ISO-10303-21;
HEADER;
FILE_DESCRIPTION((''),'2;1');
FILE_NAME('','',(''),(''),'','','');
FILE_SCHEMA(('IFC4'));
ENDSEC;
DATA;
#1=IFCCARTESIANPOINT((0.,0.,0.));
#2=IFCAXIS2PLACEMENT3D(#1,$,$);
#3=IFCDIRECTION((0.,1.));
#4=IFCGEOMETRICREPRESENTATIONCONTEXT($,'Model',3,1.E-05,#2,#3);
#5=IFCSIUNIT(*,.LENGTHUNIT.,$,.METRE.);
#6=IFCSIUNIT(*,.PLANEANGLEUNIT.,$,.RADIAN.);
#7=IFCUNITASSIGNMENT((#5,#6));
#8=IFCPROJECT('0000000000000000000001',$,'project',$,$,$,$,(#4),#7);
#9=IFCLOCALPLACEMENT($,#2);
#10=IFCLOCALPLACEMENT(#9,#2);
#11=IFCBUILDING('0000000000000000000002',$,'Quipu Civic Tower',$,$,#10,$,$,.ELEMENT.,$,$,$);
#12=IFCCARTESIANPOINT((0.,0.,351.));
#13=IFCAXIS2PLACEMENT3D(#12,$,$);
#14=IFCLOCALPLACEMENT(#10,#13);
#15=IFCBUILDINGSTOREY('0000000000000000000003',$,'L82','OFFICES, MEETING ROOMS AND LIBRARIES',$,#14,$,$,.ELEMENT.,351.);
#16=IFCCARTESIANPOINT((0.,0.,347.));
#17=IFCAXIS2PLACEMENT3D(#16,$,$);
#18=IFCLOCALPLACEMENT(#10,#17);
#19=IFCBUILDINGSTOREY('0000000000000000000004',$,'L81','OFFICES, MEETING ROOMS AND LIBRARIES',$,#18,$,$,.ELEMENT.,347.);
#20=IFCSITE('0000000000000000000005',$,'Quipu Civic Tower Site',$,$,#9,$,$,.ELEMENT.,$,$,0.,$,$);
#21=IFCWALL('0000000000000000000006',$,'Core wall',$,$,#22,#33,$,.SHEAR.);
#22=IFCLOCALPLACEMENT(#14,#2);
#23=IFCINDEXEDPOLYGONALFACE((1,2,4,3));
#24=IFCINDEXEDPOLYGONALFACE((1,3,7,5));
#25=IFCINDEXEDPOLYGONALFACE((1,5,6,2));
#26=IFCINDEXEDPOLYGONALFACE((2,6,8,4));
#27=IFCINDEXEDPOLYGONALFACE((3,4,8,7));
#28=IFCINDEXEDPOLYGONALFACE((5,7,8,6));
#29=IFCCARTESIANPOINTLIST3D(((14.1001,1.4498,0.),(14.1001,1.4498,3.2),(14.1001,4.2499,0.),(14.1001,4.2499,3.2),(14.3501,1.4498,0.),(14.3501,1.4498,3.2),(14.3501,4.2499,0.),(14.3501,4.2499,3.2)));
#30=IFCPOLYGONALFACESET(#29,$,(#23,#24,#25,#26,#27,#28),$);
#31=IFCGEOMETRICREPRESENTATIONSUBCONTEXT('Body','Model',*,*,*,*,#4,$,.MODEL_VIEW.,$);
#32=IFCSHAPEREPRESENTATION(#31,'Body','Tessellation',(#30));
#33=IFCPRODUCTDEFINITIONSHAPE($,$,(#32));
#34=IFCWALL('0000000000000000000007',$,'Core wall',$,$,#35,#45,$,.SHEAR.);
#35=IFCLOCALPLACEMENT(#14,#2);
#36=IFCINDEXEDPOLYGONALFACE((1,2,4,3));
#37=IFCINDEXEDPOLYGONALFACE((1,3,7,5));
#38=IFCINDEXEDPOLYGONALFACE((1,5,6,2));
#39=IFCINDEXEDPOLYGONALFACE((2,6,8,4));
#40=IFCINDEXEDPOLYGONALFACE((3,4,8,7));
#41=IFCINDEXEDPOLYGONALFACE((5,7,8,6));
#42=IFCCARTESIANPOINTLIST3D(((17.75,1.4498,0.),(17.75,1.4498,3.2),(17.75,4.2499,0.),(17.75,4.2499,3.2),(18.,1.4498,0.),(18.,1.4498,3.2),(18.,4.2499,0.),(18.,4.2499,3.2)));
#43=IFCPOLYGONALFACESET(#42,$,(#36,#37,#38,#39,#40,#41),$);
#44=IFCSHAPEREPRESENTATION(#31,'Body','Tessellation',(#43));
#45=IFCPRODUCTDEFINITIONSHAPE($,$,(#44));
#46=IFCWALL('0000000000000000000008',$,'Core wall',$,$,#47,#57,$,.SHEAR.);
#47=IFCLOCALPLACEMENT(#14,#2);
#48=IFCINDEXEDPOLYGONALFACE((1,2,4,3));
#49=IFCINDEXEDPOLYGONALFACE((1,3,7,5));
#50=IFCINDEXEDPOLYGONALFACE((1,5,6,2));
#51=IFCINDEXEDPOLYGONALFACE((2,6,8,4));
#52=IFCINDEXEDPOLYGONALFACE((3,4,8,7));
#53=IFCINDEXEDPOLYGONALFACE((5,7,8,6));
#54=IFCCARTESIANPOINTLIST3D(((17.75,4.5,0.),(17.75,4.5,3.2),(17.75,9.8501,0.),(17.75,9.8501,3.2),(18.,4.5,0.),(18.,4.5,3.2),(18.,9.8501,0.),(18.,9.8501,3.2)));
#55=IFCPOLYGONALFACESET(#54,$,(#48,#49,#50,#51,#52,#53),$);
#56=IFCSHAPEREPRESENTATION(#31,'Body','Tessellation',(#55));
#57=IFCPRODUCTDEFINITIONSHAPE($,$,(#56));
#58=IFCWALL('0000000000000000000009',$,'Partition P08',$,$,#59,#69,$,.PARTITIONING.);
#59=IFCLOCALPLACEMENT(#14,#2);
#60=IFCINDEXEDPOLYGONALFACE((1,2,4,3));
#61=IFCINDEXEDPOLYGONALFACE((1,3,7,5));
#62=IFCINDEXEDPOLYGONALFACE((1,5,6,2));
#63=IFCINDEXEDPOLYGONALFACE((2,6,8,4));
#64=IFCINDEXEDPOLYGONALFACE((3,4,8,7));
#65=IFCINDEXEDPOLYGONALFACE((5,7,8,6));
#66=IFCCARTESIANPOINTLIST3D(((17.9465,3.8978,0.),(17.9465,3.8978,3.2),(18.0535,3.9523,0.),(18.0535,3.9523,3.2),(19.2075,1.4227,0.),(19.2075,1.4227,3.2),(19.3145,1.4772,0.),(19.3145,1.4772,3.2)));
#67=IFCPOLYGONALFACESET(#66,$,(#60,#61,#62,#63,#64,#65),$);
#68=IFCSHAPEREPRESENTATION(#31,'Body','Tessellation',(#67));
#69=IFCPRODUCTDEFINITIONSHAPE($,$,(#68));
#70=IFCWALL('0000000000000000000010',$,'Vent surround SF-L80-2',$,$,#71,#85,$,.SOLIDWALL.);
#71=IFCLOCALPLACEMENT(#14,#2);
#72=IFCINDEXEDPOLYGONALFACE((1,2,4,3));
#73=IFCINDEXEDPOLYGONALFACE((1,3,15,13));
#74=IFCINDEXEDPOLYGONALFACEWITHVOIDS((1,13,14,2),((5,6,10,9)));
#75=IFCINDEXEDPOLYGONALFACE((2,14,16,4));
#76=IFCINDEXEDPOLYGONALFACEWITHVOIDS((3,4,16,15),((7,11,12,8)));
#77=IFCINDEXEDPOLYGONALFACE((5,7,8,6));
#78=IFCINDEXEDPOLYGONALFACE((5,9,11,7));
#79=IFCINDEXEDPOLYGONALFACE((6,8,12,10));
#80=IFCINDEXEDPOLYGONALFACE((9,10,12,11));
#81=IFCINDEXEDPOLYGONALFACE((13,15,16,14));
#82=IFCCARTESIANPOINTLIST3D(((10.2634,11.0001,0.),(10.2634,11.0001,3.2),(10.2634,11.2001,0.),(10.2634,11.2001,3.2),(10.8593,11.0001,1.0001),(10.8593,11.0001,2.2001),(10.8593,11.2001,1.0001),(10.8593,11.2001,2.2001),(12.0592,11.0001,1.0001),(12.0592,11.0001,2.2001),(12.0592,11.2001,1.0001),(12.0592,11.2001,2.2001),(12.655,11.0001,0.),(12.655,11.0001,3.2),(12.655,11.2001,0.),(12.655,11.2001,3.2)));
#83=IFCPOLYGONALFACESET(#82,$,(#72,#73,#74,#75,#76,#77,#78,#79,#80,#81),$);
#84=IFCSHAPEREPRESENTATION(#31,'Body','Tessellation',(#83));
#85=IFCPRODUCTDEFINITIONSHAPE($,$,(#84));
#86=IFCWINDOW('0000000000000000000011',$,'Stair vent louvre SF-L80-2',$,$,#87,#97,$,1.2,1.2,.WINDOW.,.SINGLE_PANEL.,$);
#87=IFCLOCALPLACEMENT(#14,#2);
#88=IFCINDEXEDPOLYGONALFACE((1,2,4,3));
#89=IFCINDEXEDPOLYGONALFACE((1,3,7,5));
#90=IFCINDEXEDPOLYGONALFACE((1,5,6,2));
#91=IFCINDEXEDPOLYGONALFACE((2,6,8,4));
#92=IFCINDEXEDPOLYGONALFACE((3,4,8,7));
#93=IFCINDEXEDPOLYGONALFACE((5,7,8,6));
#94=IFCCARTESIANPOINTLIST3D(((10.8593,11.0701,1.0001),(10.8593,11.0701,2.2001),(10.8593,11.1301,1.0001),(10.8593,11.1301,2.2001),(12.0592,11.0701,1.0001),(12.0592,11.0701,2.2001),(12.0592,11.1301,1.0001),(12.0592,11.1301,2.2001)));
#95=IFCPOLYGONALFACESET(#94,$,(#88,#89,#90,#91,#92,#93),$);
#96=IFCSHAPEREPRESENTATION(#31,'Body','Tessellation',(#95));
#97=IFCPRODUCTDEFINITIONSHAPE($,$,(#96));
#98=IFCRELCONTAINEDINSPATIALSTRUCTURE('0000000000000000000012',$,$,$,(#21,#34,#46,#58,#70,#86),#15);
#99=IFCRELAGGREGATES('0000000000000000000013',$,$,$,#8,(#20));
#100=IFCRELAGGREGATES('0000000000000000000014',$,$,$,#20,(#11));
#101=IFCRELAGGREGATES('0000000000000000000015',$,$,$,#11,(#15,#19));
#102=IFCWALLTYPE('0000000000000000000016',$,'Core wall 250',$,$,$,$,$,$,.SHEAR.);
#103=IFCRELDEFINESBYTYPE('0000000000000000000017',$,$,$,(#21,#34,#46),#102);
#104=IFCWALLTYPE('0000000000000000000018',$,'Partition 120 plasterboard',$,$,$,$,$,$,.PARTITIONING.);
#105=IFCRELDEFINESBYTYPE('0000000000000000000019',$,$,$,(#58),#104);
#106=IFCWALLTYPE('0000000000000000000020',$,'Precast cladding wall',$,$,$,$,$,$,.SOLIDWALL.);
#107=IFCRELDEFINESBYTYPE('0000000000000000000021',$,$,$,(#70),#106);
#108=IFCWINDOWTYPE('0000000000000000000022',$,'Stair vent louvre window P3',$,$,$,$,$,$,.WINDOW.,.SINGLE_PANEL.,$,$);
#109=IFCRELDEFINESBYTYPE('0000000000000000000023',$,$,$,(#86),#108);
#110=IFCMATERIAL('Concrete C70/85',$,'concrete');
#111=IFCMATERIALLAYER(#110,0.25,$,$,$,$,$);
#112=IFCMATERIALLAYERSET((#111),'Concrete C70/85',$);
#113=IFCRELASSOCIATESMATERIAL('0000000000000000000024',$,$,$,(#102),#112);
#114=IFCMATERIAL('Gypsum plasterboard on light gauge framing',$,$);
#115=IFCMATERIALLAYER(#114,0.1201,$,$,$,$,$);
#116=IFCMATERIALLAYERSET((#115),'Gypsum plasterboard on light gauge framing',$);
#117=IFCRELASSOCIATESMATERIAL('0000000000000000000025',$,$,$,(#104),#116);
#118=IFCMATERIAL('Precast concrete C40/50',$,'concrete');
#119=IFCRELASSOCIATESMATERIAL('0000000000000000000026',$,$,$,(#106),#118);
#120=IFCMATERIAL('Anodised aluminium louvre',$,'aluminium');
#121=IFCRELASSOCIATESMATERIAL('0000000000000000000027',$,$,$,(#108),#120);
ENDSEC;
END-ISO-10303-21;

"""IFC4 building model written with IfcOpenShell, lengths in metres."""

from ifc_helpers import new_model, si_unit, direction, frame, frame_2d, origin, place, context, subcontext, project, spatial, rectangle, extrude, material, layer, layer_set, type_object, element, fill, save


model = new_model("IFC4")

# Units and contexts
model_context = context("Model", 3, precision=1e-05, world=origin(), true_north=direction((0.0, 1.0)))
body_context = subcontext(model_context, "Body", "Model", "MODEL_VIEW")
ifc_project = project(units=[si_unit("LENGTHUNIT", "METRE"), si_unit("PLANEANGLEUNIT", "RADIAN")], contexts=[model_context])

# Site, building, storey
site_placement = place(None, origin())
site = spatial("IfcSite", under=ifc_project, at=site_placement, Name="Quipu Civic Tower Site", CompositionType="ELEMENT", RefElevation=0.0)
building_placement = place(site_placement, origin())
building = spatial("IfcBuilding", under=site, at=building_placement, Name="Quipu Civic Tower", CompositionType="ELEMENT")
storey_1_placement = place(building_placement, frame((0.0, 0.0, 351.0)))
storey_1 = spatial("IfcBuildingStorey", under=building, at=storey_1_placement, Name="L82", Description="OFFICES, MEETING ROOMS AND LIBRARIES", CompositionType="ELEMENT", Elevation=351.0)

# Shared definitions
storey_2_placement = place(building_placement, frame((0.0, 0.0, 347.0)))
storey_2 = spatial("IfcBuildingStorey", under=building, at=storey_2_placement, Name="L81", Description="OFFICES, MEETING ROOMS AND LIBRARIES", CompositionType="ELEMENT", Elevation=347.0)

# Shared definitions
ifc_material_1 = material(Name="Concrete C70/85", Category="concrete")
ifc_layer_1 = layer(ifc_material_1, 0.25)
ifc_layer_set_1 = layer_set([ifc_layer_1], Name="Concrete C70/85")
wall_type_1 = type_object("IfcWallType", Name="Core wall 250", PredefinedType="SHEAR", material=ifc_layer_set_1)

# Walls
for number, where, z_axis, x_axis, name in (
    (1, (14.2251, 1.45, 0.0), (0.0, 0.0, 1.0), (0.0, 1.0, 0.0), "Core wall"),
    (2, (17.875, 1.45, 0.0), (0.0, 0.0, 1.0), (0.0, 1.0, 0.0), "Core wall"),
):
    element("IfcWall", number, at=place(storey_1_placement, frame(where, z_axis=z_axis, x_axis=x_axis)), inside=storey_1, type_object=wall_type_1, Name=name, PredefinedType="SHEAR", context=body_context, shape_type="SweptSolid", body=[
        extrude(rectangle(XDim=2.8, YDim=0.25, at=frame_2d((1.3999, 0.0))), origin(), (0.0, 0.0, 1.0), 3.2),
    ])
wall_1_placement = place(storey_1_placement, frame((17.875, 4.5, 0.0), z_axis=(0.0, 0.0, 1.0), x_axis=(0.0, 1.0, 0.0)))
element("IfcWall", 3, at=wall_1_placement, inside=storey_1, type_object=wall_type_1, Name="Core wall", PredefinedType="SHEAR", context=body_context, shape_type="SweptSolid", body=[
    extrude(rectangle(XDim=5.3501, YDim=0.25, at=frame_2d((2.675, 0.0))), origin(), (0.0, 0.0, 1.0), 3.2),
])
ifc_material_2 = material(Name="Gypsum plasterboard on light gauge framing")
ifc_layer_2 = layer(ifc_material_2, 0.1201)
ifc_layer_set_2 = layer_set([ifc_layer_2], Name="Gypsum plasterboard on light gauge framing")
wall_type_2 = type_object("IfcWallType", Name="Partition 120 plasterboard", PredefinedType="PARTITIONING", material=ifc_layer_set_2)
wall_2_placement = place(storey_1_placement, frame((18.0, 3.925, 0.0), z_axis=(0.0, 0.0, 1.0), x_axis=(0.453951, -0.891027, 0.0)))
element("IfcWall", 4, at=wall_2_placement, inside=storey_1, type_object=wall_type_2, Name="Partition P08", PredefinedType="PARTITIONING", context=body_context, shape_type="SweptSolid", body=[
    extrude(rectangle(XDim=2.7778, YDim=0.1201, at=frame_2d((1.3889, 0.0))), origin(), (0.0, 0.0, 1.0), 3.2),
])

# Wall, opening, window
ifc_material_3 = material(Name="Precast concrete C40/50", Category="concrete")
wall_type_3 = type_object("IfcWallType", Name="Precast cladding wall", PredefinedType="SOLIDWALL", material=ifc_material_3)
wall_3_placement = place(storey_1_placement, frame((12.655, 11.1001, 0.0), z_axis=(0.0, 0.0, 1.0), x_axis=(-1.0, 0.0, 0.0)))
wall_3 = element("IfcWall", 5, at=wall_3_placement, inside=storey_1, type_object=wall_type_3, Name="Vent surround SF-L80-2", PredefinedType="SOLIDWALL", context=body_context, shape_type="SweptSolid", body=[
    extrude(rectangle(XDim=2.3916, YDim=0.2, at=frame_2d((1.1958, 0.0))), origin(), (0.0, 0.0, 1.0), 3.2),
])
opening_1_placement = place(wall_3_placement, frame((0.5957, 0.0, 1.0)))
opening_1 = element("IfcOpeningElement", 6, at=opening_1_placement, cuts=wall_3, PredefinedType="OPENING", context=body_context, shape_type="SweptSolid", body=[
    extrude(rectangle(XDim=1.2, YDim=1.2, at=frame_2d((0.6001, 0.6001))), frame((0.0, 0.1099, 0.0), z_axis=(0.0, -1.0, 0.0), x_axis=(1.0, 0.0, 0.0)), (0.0, 0.0, 1.0), 0.22),
])
ifc_material_4 = material(Name="Anodised aluminium louvre", Category="aluminium")
window_type = type_object("IfcWindowType", Name="Stair vent louvre window P3", PartitioningType="SINGLE_PANEL", PredefinedType="WINDOW", material=ifc_material_4)
window_placement = place(opening_1_placement, origin())
window = element("IfcWindow", 7, at=window_placement, inside=storey_1, type_object=window_type, Name="Stair vent louvre SF-L80-2", OverallHeight=1.2, OverallWidth=1.2, PartitioningType="SINGLE_PANEL", PredefinedType="WINDOW", context=body_context, shape_type="SweptSolid", body=[
    extrude(rectangle(XDim=1.2, YDim=1.2, at=frame_2d((0.6001, 0.6001))), frame((0.0, 0.03, 0.0), z_axis=(0.0, -1.0, 0.0), x_axis=(1.0, 0.0, 0.0)), (0.0, 0.0, 1.0), 0.0601),
])
fill(opening_1, window)

save(model, "model.ifc")
